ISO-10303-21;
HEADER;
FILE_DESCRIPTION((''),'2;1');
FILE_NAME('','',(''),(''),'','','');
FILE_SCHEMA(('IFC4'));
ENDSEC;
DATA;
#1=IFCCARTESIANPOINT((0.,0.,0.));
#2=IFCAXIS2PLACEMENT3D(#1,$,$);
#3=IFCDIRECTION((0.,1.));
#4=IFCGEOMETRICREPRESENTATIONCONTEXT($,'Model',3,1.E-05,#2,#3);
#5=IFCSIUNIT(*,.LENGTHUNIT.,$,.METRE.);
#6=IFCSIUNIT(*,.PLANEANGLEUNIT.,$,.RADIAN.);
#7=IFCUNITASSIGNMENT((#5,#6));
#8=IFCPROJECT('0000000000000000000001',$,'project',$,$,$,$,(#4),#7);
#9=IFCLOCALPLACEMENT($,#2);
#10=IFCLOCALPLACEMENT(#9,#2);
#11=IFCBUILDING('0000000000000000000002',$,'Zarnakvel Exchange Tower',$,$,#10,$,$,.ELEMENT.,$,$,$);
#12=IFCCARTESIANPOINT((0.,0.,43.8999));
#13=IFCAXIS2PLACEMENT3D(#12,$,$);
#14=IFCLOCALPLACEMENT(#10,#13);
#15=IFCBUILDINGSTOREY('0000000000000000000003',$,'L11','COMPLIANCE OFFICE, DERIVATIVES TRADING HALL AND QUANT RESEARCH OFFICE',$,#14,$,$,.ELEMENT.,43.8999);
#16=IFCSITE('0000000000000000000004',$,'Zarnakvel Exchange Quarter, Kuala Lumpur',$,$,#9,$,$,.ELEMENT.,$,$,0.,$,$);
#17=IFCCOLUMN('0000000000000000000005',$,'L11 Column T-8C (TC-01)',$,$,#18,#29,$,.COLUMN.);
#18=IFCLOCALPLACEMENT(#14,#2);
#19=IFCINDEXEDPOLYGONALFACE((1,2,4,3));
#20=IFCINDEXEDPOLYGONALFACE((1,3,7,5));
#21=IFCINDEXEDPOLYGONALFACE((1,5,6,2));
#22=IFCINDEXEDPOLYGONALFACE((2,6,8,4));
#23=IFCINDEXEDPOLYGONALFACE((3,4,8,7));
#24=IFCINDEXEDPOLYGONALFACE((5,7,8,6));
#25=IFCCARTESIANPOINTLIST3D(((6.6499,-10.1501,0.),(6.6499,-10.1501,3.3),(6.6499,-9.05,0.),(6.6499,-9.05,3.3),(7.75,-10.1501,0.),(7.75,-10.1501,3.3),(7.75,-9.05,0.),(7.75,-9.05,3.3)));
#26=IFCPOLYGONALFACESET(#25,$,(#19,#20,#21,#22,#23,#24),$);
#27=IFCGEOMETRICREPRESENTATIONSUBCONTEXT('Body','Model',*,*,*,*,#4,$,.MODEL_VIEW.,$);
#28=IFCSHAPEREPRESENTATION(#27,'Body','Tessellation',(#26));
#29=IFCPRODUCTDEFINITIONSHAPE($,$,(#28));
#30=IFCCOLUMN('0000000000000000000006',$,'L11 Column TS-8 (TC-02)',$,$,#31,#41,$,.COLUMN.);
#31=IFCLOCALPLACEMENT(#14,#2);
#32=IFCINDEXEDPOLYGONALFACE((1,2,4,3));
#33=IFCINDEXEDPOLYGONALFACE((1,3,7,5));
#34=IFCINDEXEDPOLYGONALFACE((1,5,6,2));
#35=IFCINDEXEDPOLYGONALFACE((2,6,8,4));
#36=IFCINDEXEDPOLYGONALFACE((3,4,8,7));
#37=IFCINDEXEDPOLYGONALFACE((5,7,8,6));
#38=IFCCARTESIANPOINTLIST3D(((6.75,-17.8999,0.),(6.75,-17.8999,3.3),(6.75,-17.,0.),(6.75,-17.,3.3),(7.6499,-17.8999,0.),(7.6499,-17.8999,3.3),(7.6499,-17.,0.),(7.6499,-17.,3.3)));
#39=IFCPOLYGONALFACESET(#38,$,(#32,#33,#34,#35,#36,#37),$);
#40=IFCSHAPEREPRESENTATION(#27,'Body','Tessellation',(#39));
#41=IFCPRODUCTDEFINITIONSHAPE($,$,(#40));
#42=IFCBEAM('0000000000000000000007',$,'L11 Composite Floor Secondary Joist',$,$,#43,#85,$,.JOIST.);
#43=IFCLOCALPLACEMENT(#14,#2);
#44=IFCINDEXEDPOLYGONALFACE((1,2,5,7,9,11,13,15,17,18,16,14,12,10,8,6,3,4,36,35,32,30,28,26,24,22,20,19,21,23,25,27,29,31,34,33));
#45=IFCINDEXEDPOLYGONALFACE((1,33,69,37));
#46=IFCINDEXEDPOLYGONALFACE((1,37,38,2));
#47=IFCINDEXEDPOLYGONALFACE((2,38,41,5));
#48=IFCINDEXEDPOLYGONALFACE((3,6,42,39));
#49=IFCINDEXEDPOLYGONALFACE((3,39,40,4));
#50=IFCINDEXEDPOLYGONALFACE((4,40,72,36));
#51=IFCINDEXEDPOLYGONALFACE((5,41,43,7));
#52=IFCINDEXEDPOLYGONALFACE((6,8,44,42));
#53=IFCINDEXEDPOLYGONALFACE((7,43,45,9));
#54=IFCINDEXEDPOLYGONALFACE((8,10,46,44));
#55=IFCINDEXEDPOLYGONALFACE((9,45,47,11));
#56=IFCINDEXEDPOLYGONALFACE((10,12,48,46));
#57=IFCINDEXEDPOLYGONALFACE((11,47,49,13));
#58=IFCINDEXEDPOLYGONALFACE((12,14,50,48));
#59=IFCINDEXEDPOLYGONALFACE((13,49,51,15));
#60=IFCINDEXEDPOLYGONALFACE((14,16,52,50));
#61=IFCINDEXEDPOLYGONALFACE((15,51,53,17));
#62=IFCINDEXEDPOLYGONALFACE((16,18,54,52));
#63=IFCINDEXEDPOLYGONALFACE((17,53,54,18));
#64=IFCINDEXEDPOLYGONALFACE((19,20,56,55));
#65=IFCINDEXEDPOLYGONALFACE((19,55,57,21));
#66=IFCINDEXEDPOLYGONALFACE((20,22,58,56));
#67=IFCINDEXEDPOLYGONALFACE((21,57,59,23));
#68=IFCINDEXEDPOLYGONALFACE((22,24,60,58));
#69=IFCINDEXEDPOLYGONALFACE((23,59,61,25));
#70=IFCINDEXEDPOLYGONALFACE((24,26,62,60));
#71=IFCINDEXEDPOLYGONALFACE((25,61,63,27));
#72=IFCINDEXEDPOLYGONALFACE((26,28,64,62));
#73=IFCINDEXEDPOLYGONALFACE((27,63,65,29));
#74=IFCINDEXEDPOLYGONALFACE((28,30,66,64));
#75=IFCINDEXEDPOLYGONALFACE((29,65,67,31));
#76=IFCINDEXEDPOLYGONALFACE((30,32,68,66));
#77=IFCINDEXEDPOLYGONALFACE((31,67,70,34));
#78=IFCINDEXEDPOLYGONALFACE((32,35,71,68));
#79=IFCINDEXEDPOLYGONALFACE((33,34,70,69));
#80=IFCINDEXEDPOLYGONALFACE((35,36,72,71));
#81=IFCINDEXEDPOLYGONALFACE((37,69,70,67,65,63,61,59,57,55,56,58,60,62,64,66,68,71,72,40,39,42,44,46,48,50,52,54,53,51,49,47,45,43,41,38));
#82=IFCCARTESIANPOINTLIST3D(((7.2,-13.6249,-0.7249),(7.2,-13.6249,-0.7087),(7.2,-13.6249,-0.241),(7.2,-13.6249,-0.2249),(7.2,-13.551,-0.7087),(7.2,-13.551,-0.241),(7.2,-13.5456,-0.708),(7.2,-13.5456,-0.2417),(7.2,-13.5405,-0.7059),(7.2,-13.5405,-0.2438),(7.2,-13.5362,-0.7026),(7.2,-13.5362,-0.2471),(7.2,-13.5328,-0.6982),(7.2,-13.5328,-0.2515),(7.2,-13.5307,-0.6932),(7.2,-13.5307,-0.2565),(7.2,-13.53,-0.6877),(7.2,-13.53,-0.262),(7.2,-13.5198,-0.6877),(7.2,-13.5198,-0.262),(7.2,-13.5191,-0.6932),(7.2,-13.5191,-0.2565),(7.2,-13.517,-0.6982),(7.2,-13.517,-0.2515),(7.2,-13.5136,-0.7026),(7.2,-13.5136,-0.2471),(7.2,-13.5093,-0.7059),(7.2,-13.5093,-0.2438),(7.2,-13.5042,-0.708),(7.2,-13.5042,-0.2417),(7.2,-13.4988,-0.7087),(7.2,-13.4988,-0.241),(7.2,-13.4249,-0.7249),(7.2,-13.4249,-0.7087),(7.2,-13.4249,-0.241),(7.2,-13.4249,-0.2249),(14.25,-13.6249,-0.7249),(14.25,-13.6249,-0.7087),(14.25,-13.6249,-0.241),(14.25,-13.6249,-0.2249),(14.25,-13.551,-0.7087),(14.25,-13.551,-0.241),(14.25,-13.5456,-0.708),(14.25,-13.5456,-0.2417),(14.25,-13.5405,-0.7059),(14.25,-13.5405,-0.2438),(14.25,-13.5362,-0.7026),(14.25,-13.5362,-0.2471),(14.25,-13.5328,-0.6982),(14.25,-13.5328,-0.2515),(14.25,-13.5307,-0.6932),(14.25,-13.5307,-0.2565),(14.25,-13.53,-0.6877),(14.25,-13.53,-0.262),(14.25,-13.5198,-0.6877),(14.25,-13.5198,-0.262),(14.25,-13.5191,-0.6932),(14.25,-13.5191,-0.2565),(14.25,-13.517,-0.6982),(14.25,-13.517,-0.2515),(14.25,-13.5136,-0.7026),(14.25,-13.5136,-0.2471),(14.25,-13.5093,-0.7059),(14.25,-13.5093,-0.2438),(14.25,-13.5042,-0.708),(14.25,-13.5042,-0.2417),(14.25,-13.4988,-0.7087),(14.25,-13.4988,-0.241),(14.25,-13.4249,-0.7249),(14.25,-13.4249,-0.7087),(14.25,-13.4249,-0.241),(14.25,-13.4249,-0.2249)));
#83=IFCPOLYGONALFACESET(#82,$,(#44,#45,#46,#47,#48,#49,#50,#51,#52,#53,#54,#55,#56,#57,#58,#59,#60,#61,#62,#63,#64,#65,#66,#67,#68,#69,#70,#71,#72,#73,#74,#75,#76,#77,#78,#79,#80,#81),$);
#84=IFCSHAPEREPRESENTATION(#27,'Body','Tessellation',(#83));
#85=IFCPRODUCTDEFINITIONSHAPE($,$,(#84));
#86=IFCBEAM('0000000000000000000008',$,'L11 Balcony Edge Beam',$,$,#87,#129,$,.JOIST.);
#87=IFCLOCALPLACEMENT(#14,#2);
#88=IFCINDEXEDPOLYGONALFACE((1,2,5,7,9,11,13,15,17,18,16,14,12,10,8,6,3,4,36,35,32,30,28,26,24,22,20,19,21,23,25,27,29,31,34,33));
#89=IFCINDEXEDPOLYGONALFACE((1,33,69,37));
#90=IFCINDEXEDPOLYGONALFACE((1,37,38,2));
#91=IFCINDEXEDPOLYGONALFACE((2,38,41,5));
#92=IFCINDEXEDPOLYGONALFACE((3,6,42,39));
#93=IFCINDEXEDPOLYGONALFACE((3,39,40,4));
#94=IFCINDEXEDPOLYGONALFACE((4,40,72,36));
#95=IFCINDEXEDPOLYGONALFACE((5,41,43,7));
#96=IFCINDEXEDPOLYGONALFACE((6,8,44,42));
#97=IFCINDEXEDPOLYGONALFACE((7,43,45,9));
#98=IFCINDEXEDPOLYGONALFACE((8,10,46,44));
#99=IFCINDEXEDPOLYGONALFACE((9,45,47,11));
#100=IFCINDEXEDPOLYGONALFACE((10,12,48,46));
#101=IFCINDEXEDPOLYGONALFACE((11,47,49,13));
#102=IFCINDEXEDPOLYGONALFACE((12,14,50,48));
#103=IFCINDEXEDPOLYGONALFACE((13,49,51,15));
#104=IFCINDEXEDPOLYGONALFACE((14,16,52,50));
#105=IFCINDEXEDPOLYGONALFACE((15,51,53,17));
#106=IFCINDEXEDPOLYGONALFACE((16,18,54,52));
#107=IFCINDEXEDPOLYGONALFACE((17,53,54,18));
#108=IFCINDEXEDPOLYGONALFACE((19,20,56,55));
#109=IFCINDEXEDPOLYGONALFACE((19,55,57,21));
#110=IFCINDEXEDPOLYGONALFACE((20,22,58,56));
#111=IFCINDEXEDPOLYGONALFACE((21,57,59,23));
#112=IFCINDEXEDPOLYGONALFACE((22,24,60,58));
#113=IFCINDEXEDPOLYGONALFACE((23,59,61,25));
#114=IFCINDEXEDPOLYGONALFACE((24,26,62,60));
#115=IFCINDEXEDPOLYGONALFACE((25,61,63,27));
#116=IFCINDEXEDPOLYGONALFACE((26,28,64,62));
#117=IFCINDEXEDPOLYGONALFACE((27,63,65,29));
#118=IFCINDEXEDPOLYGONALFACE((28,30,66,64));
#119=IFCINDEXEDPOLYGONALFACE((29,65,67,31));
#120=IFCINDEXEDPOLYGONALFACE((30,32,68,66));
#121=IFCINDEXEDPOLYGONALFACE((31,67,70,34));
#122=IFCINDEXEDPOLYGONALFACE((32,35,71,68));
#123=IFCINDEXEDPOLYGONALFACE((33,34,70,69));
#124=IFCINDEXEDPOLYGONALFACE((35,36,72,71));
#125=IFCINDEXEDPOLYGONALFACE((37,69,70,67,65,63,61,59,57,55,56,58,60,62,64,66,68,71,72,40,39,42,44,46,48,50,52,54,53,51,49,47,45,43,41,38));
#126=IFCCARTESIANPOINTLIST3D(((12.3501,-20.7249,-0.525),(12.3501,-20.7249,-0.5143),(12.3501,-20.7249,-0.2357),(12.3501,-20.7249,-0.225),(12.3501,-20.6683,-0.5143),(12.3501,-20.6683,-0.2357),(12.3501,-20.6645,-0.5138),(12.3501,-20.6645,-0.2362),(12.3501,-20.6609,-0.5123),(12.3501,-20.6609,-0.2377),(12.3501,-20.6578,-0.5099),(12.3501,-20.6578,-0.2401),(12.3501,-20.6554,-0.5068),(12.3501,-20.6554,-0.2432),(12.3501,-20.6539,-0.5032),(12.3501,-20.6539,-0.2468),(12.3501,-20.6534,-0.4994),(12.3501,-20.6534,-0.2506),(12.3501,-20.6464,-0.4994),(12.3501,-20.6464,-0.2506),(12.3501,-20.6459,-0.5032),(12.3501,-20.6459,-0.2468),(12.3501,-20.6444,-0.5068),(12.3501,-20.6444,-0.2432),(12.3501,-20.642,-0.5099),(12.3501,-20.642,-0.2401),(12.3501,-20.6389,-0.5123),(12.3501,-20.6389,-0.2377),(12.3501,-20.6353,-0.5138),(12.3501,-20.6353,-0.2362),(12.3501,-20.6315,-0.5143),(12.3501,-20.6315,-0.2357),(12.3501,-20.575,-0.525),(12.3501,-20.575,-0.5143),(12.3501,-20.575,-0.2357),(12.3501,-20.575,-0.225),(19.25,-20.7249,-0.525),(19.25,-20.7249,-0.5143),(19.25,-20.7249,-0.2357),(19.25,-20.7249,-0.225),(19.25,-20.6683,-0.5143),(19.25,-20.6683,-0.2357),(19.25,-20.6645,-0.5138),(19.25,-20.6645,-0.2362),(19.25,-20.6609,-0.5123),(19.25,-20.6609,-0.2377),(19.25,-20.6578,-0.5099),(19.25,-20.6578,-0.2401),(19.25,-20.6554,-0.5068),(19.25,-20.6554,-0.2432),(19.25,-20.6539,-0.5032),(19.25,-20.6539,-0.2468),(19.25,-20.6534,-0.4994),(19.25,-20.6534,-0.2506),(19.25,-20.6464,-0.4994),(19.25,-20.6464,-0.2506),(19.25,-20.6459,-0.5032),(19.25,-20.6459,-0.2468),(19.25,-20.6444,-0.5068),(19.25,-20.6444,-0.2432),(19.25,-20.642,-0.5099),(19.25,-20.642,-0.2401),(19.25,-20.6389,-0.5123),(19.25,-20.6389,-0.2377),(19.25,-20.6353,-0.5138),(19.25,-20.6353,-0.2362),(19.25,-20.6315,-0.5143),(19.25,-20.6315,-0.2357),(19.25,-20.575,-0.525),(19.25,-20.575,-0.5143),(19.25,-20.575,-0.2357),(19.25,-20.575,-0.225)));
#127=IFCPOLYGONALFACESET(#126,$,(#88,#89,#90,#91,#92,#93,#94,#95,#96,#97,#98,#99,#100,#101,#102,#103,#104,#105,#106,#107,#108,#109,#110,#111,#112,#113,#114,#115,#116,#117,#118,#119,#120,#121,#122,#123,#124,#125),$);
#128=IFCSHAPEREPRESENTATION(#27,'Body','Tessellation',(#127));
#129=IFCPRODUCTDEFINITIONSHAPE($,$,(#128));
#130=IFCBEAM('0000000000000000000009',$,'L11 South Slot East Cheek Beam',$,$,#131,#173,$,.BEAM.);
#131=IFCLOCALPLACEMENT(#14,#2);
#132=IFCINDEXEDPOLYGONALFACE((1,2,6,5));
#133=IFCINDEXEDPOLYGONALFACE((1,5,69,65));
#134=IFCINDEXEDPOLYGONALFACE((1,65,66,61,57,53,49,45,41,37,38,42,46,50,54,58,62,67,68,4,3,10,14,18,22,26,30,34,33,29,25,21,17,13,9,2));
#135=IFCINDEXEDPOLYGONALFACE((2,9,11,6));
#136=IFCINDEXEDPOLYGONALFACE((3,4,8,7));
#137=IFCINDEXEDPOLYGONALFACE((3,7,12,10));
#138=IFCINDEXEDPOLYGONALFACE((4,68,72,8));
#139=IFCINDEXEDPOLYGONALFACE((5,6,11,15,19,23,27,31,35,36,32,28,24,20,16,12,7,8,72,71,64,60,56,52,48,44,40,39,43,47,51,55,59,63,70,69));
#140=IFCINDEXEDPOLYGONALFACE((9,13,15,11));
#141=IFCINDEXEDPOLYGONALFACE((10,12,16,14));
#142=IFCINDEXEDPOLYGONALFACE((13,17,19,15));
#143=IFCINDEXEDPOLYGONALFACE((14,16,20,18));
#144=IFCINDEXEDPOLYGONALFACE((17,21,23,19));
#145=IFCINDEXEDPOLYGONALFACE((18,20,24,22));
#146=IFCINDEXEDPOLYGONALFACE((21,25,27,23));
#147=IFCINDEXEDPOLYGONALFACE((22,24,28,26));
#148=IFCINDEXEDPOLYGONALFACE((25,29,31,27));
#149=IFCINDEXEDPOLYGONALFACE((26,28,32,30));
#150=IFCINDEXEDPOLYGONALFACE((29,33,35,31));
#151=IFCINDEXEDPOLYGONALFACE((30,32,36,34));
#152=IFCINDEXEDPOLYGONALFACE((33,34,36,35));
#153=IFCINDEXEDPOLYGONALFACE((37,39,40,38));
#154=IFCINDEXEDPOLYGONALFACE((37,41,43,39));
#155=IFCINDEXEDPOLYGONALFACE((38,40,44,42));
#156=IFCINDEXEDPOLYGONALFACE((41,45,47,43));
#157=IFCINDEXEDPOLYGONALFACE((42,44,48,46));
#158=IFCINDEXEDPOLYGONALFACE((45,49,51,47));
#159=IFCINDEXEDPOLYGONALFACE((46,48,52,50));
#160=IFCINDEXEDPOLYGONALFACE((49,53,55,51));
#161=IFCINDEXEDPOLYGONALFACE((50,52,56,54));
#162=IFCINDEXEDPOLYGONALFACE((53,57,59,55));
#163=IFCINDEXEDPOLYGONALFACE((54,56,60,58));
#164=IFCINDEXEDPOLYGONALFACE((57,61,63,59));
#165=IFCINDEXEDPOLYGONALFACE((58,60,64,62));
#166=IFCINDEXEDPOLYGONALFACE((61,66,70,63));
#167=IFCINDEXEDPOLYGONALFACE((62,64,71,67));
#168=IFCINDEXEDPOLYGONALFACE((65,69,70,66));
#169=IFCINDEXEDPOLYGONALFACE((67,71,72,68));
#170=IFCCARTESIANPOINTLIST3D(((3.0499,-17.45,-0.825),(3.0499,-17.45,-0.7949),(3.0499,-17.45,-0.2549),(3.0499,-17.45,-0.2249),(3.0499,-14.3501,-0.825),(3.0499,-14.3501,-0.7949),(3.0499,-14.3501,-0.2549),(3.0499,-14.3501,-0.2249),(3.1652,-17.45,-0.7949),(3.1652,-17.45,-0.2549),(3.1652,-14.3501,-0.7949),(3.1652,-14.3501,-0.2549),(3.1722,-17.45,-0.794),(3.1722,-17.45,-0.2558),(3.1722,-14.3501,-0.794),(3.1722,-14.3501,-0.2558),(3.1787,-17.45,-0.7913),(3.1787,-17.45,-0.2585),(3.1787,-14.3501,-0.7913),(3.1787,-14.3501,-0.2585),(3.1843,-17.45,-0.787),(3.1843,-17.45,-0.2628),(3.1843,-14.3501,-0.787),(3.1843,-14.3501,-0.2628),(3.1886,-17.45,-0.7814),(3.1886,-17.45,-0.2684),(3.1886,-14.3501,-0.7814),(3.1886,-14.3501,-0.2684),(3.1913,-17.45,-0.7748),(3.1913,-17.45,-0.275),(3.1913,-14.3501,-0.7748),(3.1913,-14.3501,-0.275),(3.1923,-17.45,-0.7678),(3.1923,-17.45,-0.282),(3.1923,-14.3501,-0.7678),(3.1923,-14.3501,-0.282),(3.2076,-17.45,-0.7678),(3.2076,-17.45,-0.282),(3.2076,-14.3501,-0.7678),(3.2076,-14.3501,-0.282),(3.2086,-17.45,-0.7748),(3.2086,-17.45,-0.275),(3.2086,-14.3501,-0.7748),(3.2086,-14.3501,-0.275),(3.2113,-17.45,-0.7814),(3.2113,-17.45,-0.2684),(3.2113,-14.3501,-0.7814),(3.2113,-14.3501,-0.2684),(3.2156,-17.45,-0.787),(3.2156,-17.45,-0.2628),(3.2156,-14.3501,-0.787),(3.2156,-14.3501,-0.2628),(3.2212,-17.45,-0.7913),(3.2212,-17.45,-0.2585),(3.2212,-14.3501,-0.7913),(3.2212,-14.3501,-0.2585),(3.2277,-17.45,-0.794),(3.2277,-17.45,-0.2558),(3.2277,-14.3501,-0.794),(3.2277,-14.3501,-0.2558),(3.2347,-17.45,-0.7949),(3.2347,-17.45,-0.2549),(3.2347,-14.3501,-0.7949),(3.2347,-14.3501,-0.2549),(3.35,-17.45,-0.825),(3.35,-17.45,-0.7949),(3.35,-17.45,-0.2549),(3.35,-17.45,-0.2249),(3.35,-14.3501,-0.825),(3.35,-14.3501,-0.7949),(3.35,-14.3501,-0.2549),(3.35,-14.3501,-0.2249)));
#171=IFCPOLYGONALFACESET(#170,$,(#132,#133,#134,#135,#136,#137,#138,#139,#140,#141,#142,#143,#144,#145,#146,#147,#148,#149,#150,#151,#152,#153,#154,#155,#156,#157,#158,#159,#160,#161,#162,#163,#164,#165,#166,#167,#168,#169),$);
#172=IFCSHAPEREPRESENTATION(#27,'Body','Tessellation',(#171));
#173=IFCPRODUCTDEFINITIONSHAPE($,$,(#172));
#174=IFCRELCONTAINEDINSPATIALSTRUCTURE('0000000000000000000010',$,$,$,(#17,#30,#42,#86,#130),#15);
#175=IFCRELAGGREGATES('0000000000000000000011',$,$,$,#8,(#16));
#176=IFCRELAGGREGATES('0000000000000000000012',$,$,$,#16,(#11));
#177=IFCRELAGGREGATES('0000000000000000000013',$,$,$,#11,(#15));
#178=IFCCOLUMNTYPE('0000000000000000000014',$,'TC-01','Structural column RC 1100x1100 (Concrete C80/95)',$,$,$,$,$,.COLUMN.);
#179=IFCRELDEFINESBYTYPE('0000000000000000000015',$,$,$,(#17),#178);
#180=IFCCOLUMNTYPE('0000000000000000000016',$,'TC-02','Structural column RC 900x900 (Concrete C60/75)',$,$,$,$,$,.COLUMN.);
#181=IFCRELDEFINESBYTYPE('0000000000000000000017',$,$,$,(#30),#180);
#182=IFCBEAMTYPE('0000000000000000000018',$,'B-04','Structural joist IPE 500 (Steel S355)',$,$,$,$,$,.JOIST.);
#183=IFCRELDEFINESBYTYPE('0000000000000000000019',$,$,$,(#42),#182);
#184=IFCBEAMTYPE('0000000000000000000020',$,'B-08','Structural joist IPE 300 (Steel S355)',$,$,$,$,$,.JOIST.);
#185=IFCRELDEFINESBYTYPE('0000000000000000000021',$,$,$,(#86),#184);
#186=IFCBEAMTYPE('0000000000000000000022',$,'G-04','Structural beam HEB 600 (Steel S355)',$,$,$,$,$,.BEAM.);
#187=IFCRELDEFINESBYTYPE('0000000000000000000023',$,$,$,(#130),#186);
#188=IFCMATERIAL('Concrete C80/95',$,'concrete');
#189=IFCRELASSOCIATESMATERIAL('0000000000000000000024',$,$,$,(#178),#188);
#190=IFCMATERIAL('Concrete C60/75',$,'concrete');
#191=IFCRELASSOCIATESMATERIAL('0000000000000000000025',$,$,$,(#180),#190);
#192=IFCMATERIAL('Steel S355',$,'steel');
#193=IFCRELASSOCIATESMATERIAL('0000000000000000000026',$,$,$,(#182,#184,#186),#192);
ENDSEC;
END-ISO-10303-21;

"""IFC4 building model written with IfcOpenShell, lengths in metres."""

from ifc_helpers import new_model, si_unit, direction, frame, origin, origin_2d, place, context, subcontext, project, spatial, rectangle, i_section, extrude, material, material_profile, profile_set, type_object, element, save


model = new_model("IFC4")

# Units and contexts
model_context = context("Model", 3, precision=1e-05, world=origin(), true_north=direction((0.0, 1.0)))
body_context = subcontext(model_context, "Body", "Model", "MODEL_VIEW")
ifc_project = project(units=[si_unit("LENGTHUNIT", "METRE"), si_unit("PLANEANGLEUNIT", "RADIAN")], contexts=[model_context])

# Site, building, storey
site_placement = place(None, origin())
site = spatial("IfcSite", under=ifc_project, at=site_placement, Name="Zarnakvel Exchange Quarter, Kuala Lumpur", CompositionType="ELEMENT", RefElevation=0.0)
building_placement = place(site_placement, origin())
building = spatial("IfcBuilding", under=site, at=building_placement, Name="Zarnakvel Exchange Tower", CompositionType="ELEMENT")
storey_placement = place(building_placement, frame((0.0, 0.0, 43.8999)))
storey = spatial("IfcBuildingStorey", under=building, at=storey_placement, Name="L11", Description="COMPLIANCE OFFICE, DERIVATIVES TRADING HALL AND QUANT RESEARCH OFFICE", CompositionType="ELEMENT", Elevation=43.8999)

# Columns
ifc_material_1 = material(Name="Concrete C80/95", Category="concrete")
ifc_material_profile_1 = material_profile(ifc_material_1, rectangle(XDim=1.1001, YDim=1.1001, at=origin_2d()))
ifc_profile_set_1 = profile_set([ifc_material_profile_1], Name="Concrete C80/95")
column_type_1 = type_object("IfcColumnType", Name="TC-01", Description="Structural column RC 1100x1100 (Concrete C80/95)", PredefinedType="COLUMN", material=ifc_profile_set_1)
column_1_placement = place(storey_placement, frame((7.2, -9.6001, 0.0), z_axis=(0.0, 0.0, 1.0), x_axis=(1.0, 0.0, 0.0)))
element("IfcColumn", 1, at=column_1_placement, inside=storey, type_object=column_type_1, Name="L11 Column T-8C (TC-01)", PredefinedType="COLUMN", context=body_context, shape_type="SweptSolid", body=[
    extrude(rectangle(XDim=1.1001, YDim=1.1001, at=origin_2d()), origin(), (0.0, 0.0, 1.0), 3.3),
])
ifc_material_2 = material(Name="Concrete C60/75", Category="concrete")
ifc_material_profile_2 = material_profile(ifc_material_2, rectangle(XDim=0.8999, YDim=0.8999, at=origin_2d()))
ifc_profile_set_2 = profile_set([ifc_material_profile_2], Name="Concrete C60/75")
column_type_2 = type_object("IfcColumnType", Name="TC-02", Description="Structural column RC 900x900 (Concrete C60/75)", PredefinedType="COLUMN", material=ifc_profile_set_2)
column_2_placement = place(storey_placement, frame((7.2, -17.45, 0.0), z_axis=(0.0, 0.0, 1.0), x_axis=(1.0, 0.0, 0.0)))
element("IfcColumn", 2, at=column_2_placement, inside=storey, type_object=column_type_2, Name="L11 Column TS-8 (TC-02)", PredefinedType="COLUMN", context=body_context, shape_type="SweptSolid", body=[
    extrude(rectangle(XDim=0.8999, YDim=0.8999, at=origin_2d()), origin(), (0.0, 0.0, 1.0), 3.3),
])

# Beams
ifc_material_3 = material(Name="Steel S355", Category="steel")
ifc_material_profile_3 = material_profile(ifc_material_3, i_section(OverallWidth=0.2, OverallDepth=0.5, WebThickness=0.0103, FlangeThickness=0.0161, FilletRadius=0.021, at=origin_2d()))
ifc_profile_set_3 = profile_set([ifc_material_profile_3], Name="Steel S355")
beam_type_1 = type_object("IfcBeamType", Name="B-04", Description="Structural joist IPE 500 (Steel S355)", PredefinedType="JOIST", material=ifc_profile_set_3)
beam_1_placement = place(storey_placement, frame((7.2, -13.5249, -0.4749), z_axis=(1.0, 0.0, 0.0), x_axis=(0.0, 1.0, 0.0)))
element("IfcBeam", 3, at=beam_1_placement, inside=storey, type_object=beam_type_1, Name="L11 Composite Floor Secondary Joist", PredefinedType="JOIST", context=body_context, shape_type="SweptSolid", body=[
    extrude(i_section(OverallWidth=0.2, OverallDepth=0.5, WebThickness=0.0103, FlangeThickness=0.0161, FilletRadius=0.021, at=origin_2d()), origin(), (0.0, 0.0, 1.0), 7.05),
])
ifc_material_profile_4 = material_profile(ifc_material_3, i_section(OverallWidth=0.1499, OverallDepth=0.3, WebThickness=0.0071, FlangeThickness=0.0107, FilletRadius=0.0149, at=origin_2d()))
ifc_profile_set_4 = profile_set([ifc_material_profile_4], Name="Steel S355")
beam_type_2 = type_object("IfcBeamType", Name="B-08", Description="Structural joist IPE 300 (Steel S355)", PredefinedType="JOIST", material=ifc_profile_set_4)
beam_2_placement = place(storey_placement, frame((12.3501, -20.6499, -0.375), z_axis=(1.0, 0.0, 0.0), x_axis=(0.0, 1.0, 0.0)))
element("IfcBeam", 4, at=beam_2_placement, inside=storey, type_object=beam_type_2, Name="L11 Balcony Edge Beam", PredefinedType="JOIST", context=body_context, shape_type="SweptSolid", body=[
    extrude(i_section(OverallWidth=0.1499, OverallDepth=0.3, WebThickness=0.0071, FlangeThickness=0.0107, FilletRadius=0.0149, at=origin_2d()), origin(), (0.0, 0.0, 1.0), 6.8999),
])
ifc_material_profile_5 = material_profile(ifc_material_3, i_section(OverallWidth=0.3, OverallDepth=0.6001, WebThickness=0.0154, FlangeThickness=0.03, FilletRadius=0.0271, at=origin_2d()))
ifc_profile_set_5 = profile_set([ifc_material_profile_5], Name="Steel S355")
beam_type_3 = type_object("IfcBeamType", Name="G-04", Description="Structural beam HEB 600 (Steel S355)", PredefinedType="BEAM", material=ifc_profile_set_5)
beam_3_placement = place(storey_placement, frame((3.2, -17.45, -0.5249), z_axis=(0.0, 1.0, 0.0), x_axis=(-1.0, 0.0, 0.0)))
element("IfcBeam", 5, at=beam_3_placement, inside=storey, type_object=beam_type_3, Name="L11 South Slot East Cheek Beam", PredefinedType="BEAM", context=body_context, shape_type="SweptSolid", body=[
    extrude(i_section(OverallWidth=0.3, OverallDepth=0.6001, WebThickness=0.0154, FlangeThickness=0.03, FilletRadius=0.0271, at=origin_2d()), origin(), (0.0, 0.0, 1.0), 3.0999),
])

save(model, "model.ifc")
